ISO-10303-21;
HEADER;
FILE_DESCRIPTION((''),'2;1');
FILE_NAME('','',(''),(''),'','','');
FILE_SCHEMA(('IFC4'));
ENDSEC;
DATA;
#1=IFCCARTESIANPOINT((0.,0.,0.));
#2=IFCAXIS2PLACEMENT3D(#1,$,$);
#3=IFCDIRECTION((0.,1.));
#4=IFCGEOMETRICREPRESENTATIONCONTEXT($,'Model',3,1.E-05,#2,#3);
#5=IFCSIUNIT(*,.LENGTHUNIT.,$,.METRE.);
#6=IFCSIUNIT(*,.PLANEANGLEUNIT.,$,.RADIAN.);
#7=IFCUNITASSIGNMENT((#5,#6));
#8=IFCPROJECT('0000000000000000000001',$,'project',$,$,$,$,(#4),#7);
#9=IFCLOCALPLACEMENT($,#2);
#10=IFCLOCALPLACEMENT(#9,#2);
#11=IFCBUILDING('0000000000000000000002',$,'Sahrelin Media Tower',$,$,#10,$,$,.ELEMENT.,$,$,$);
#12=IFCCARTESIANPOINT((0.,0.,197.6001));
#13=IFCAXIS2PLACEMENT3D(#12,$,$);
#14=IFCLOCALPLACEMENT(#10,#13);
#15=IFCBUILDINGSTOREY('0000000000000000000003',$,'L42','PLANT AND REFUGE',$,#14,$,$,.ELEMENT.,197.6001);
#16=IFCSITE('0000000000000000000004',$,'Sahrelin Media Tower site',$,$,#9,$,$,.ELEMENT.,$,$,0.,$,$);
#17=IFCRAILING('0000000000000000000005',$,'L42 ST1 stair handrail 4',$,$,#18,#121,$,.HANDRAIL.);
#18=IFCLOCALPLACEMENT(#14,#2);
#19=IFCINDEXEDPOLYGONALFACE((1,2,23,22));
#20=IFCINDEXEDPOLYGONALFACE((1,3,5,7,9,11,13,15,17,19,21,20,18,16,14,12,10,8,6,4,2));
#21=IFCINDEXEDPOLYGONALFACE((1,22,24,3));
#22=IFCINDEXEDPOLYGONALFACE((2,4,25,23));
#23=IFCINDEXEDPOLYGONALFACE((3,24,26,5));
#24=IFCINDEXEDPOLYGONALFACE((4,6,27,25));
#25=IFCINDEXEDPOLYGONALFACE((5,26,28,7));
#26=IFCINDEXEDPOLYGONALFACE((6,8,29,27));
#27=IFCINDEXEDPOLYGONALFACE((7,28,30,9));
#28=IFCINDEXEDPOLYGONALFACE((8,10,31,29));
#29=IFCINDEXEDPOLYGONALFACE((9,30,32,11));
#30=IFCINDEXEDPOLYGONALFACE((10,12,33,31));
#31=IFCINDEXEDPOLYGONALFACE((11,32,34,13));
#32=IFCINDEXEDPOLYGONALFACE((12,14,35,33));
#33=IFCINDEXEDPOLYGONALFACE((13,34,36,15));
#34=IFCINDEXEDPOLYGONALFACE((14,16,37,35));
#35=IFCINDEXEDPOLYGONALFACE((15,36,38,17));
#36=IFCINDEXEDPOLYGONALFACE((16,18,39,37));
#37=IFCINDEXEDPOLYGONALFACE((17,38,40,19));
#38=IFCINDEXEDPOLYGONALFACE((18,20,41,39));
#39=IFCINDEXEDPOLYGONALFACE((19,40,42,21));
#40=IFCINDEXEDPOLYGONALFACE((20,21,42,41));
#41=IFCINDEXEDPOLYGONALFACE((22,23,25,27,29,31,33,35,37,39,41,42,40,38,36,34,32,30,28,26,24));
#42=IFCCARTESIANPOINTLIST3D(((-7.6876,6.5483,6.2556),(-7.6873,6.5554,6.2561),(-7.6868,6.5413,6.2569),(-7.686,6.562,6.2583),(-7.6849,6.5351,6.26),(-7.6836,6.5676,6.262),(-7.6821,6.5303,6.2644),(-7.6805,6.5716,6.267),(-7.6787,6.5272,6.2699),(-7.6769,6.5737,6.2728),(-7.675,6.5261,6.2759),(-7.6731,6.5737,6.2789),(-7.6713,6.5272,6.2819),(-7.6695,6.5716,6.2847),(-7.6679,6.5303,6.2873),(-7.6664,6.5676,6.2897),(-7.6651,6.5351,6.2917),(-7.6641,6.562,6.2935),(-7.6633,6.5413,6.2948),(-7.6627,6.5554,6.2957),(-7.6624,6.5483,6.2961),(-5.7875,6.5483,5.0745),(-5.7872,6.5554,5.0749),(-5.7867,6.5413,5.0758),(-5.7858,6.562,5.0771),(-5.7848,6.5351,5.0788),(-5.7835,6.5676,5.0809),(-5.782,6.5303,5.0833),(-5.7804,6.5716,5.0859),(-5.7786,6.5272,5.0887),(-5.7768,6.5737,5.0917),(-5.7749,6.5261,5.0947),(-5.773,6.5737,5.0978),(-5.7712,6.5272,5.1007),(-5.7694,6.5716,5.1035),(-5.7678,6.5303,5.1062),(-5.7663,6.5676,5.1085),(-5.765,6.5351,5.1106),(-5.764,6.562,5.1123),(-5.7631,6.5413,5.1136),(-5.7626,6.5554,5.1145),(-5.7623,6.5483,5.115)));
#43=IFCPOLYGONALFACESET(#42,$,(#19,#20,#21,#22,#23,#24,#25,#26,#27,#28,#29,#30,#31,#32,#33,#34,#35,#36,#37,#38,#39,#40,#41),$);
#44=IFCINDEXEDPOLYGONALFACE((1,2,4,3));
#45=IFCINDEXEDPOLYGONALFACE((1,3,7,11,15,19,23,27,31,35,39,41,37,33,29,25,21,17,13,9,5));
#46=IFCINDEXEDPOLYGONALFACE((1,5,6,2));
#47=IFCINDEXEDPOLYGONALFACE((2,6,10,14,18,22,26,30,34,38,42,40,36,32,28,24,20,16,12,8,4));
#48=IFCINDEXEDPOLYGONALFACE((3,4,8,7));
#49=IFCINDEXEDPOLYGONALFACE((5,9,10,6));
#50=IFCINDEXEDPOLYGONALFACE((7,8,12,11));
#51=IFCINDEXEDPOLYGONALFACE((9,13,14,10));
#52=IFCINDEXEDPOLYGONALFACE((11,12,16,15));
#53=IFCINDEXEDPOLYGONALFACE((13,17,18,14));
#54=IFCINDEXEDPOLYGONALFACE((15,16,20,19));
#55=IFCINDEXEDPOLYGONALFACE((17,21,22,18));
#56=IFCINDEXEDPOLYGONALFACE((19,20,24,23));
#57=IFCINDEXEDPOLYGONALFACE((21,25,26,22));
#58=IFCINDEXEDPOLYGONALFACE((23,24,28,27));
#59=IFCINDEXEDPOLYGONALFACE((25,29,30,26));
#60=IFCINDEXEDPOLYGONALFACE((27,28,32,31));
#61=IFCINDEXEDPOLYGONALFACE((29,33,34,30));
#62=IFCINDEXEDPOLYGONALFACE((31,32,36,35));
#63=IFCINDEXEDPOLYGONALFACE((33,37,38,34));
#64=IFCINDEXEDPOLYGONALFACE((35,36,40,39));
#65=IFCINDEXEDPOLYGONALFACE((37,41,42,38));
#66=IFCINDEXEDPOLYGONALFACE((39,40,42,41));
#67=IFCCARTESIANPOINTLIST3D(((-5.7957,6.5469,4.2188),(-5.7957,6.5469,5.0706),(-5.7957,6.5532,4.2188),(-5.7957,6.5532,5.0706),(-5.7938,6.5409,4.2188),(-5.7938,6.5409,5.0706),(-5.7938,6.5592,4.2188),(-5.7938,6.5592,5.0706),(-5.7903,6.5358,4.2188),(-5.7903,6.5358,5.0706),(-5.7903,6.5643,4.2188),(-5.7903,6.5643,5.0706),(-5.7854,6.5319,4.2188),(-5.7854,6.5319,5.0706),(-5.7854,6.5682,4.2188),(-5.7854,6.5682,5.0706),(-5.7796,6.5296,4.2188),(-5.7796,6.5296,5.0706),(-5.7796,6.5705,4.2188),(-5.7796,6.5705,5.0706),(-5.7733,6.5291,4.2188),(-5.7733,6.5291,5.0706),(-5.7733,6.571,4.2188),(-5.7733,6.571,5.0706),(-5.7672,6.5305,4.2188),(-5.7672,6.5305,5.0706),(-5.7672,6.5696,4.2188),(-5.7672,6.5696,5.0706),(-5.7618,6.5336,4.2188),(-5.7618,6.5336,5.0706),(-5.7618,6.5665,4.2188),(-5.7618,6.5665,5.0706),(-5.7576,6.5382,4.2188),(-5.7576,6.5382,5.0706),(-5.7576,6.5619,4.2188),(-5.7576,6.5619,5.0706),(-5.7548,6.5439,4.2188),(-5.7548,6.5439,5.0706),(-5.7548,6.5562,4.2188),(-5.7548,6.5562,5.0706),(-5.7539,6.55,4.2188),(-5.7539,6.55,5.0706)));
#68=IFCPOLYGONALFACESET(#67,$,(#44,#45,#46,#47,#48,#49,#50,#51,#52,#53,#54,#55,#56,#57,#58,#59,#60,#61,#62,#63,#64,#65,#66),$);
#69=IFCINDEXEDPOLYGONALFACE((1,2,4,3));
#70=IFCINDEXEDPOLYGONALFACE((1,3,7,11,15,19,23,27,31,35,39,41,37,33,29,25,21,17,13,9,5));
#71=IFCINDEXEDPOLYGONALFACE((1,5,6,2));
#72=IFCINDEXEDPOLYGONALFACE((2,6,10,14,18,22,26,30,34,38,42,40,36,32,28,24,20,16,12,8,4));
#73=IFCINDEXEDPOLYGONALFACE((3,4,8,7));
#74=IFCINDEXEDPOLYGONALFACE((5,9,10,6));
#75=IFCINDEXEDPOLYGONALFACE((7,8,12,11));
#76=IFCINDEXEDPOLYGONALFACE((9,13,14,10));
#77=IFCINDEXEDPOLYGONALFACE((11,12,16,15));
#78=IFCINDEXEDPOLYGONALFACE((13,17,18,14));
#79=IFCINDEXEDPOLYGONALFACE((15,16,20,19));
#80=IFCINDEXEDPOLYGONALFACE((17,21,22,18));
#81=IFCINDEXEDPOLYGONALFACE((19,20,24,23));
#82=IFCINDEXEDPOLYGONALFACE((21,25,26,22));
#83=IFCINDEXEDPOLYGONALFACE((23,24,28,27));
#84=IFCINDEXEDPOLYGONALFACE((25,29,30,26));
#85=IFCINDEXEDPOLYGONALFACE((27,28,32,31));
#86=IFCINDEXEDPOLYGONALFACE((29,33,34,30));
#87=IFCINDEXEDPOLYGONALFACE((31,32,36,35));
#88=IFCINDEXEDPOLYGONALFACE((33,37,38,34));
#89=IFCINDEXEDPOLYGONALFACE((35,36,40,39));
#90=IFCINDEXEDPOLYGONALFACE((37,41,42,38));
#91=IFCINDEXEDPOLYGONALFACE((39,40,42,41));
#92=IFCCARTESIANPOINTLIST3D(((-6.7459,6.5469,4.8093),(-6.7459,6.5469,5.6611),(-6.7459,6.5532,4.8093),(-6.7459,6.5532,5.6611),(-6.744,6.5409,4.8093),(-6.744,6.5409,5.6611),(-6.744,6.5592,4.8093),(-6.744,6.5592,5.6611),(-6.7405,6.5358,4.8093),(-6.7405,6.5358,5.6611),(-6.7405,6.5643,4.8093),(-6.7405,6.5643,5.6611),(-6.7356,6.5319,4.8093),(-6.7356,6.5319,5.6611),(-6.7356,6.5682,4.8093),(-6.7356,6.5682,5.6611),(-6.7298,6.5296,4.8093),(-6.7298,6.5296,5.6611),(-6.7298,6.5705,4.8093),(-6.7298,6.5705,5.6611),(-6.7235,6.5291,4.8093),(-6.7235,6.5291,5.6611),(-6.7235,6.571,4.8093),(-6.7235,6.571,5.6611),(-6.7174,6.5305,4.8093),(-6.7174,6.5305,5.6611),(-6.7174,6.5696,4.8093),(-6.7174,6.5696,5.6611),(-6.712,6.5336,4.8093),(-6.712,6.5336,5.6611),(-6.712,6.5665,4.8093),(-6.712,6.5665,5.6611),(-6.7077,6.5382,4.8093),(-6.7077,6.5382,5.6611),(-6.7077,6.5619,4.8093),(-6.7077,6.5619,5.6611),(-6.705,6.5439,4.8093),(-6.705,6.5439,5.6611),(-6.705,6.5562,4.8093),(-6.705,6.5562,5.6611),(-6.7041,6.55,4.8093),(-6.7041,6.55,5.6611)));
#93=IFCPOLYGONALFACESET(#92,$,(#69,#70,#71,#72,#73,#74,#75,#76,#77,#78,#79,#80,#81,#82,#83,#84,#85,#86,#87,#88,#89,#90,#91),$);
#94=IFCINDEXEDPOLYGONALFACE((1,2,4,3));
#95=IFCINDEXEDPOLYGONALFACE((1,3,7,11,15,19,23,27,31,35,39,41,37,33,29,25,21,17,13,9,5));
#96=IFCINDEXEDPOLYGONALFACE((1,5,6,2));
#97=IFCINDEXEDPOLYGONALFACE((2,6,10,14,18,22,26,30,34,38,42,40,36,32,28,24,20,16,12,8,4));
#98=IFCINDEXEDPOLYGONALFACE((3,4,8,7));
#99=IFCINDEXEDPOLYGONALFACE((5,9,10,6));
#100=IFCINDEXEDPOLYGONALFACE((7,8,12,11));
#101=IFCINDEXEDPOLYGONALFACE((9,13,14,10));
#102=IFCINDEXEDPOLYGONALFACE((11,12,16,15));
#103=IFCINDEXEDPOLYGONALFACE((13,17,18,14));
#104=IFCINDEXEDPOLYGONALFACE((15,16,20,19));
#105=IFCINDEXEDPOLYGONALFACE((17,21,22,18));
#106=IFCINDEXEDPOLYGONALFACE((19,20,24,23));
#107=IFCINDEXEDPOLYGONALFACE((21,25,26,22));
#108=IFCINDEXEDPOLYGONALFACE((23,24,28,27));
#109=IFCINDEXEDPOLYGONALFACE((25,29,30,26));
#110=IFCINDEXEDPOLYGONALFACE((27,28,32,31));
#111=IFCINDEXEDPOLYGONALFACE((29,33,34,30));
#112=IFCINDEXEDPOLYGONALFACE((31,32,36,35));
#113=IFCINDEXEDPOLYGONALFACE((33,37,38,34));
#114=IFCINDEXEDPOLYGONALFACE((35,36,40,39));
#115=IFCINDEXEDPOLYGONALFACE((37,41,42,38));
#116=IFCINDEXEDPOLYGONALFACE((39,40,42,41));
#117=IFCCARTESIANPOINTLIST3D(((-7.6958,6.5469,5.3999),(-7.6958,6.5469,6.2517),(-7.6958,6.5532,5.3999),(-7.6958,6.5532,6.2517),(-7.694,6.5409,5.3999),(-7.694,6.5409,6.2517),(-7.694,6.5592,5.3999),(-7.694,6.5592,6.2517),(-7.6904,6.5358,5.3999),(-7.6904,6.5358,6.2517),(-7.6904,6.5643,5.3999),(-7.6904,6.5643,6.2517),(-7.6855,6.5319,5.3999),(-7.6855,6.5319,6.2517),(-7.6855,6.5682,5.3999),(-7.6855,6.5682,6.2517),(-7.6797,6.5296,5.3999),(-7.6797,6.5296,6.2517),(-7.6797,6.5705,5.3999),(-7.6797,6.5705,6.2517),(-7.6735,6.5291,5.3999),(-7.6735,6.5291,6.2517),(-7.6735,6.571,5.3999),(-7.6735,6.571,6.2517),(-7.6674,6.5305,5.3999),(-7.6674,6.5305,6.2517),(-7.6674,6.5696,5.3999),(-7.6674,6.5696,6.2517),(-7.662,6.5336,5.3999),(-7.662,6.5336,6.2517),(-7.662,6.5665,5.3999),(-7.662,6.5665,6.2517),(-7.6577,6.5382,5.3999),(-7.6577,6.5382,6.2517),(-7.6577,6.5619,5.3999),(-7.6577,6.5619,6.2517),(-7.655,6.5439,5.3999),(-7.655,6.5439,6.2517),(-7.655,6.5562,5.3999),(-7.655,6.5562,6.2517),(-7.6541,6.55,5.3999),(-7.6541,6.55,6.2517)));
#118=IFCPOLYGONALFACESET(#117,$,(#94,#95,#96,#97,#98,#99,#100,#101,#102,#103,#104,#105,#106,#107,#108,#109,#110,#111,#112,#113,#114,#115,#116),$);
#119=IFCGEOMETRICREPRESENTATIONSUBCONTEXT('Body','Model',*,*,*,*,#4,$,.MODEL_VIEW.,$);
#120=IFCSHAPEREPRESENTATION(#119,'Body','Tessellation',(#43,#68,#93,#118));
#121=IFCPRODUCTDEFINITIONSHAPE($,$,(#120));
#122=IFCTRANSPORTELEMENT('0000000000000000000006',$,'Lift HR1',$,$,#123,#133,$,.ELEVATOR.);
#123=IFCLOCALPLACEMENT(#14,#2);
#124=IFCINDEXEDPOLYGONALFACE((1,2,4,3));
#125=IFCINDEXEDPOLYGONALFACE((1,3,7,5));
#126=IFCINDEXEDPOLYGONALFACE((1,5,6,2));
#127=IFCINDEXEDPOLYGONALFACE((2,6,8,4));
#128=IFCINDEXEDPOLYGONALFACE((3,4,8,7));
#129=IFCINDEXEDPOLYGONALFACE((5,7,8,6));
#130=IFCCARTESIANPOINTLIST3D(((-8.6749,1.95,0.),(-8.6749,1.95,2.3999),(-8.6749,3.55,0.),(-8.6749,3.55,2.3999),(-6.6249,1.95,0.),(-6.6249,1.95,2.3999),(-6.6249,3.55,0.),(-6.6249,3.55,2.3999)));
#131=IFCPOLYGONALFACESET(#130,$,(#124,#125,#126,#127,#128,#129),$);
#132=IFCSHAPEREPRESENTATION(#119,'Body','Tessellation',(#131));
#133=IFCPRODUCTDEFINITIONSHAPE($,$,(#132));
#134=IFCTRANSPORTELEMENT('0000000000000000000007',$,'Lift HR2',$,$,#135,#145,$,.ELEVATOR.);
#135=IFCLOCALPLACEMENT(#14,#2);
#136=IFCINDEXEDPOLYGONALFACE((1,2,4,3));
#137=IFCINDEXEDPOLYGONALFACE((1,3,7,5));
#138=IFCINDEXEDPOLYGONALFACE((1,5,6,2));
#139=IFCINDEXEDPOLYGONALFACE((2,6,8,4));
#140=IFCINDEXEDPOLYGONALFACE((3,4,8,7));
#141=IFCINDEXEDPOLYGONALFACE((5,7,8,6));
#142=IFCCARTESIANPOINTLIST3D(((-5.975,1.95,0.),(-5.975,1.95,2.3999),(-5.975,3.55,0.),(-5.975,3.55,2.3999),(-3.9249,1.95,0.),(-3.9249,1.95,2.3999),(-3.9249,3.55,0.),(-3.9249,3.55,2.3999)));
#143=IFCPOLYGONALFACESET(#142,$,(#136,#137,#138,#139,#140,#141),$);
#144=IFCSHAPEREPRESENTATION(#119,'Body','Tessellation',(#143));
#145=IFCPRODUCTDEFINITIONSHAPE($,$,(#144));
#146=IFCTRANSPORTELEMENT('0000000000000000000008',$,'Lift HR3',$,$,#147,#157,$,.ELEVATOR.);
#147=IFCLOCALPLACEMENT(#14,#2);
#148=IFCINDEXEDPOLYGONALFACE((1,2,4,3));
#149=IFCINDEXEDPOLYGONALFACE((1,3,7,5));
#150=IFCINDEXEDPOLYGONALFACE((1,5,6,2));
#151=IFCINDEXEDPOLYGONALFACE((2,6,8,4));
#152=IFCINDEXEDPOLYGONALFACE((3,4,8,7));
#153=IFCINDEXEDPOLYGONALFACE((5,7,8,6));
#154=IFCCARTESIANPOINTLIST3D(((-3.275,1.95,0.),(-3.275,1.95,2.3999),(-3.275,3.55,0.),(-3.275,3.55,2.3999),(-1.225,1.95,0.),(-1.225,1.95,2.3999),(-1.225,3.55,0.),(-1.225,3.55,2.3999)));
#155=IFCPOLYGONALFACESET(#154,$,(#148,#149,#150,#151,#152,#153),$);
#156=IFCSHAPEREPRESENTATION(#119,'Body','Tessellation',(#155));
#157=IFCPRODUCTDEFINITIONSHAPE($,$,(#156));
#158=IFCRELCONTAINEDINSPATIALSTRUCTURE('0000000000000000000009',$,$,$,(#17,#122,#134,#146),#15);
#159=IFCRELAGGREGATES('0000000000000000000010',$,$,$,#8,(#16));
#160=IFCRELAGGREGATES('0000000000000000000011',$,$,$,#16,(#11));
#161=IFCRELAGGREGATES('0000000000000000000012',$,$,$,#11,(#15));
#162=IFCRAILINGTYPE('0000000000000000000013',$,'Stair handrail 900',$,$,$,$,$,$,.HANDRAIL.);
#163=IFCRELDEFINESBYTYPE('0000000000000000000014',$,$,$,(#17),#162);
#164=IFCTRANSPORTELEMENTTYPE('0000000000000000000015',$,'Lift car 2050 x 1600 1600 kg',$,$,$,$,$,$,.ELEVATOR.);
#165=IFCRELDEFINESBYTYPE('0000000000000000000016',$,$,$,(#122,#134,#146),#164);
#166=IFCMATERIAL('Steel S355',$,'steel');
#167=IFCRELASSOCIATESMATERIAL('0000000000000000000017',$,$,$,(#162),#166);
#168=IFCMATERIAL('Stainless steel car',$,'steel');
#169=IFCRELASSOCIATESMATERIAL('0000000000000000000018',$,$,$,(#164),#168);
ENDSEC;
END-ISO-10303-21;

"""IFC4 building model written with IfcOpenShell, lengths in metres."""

from ifc_helpers import new_model, si_unit, direction, frame, origin, origin_2d, place, context, subcontext, project, spatial, rectangle, circle, extrude, material, type_object, element, save


model = new_model("IFC4")

# Units and contexts
model_context = context("Model", 3, precision=1e-05, world=origin(), true_north=direction((0.0, 1.0)))
body_context = subcontext(model_context, "Body", "Model", "MODEL_VIEW")
ifc_project = project(units=[si_unit("LENGTHUNIT", "METRE"), si_unit("PLANEANGLEUNIT", "RADIAN")], contexts=[model_context])

# Site, building, storey
site_placement = place(None, origin())
site = spatial("IfcSite", under=ifc_project, at=site_placement, Name="Sahrelin Media Tower site", CompositionType="ELEMENT", RefElevation=0.0)
building_placement = place(site_placement, origin())
building = spatial("IfcBuilding", under=site, at=building_placement, Name="Sahrelin Media Tower", CompositionType="ELEMENT")
storey_placement = place(building_placement, frame((0.0, 0.0, 197.6001)))
storey = spatial("IfcBuildingStorey", under=building, at=storey_placement, Name="L42", Description="PLANT AND REFUGE", CompositionType="ELEMENT", Elevation=197.6001)

# Shared definitions
ifc_material_1 = material(Name="Steel S355", Category="steel")

# Railing
railing_type_1 = type_object("IfcRailingType", Name="Stair handrail 900", PredefinedType="HANDRAIL", material=ifc_material_1)
railing_1_placement = place(storey_placement, frame((-5.7749, 6.55, 4.2188)))
element("IfcRailing", 1, at=railing_1_placement, inside=storey, type_object=railing_type_1, Name="L42 ST1 stair handrail 4", PredefinedType="HANDRAIL", context=body_context, shape_type="SweptSolid", body=[
    extrude(circle(Radius=0.0239, at=origin_2d()), frame((0.0, 0.0, 0.876), z_axis=(-0.849289, 0.0, 0.527928), x_axis=(0.0, -1.0, 0.0)), (0.0, 0.0, 1.0), 2.2373),
    extrude(circle(Radius=0.021, at=origin_2d()), origin(), (0.0, 0.0, 1.0), 0.8518),
    extrude(circle(Radius=0.021, at=origin_2d()), frame((-0.9502, 0.0, 0.5906)), (0.0, 0.0, 1.0), 0.8518),
    extrude(circle(Radius=0.021, at=origin_2d()), frame((-1.9001, 0.0, 1.1812)), (0.0, 0.0, 1.0), 0.8518),
])

# Transport elements
ifc_material_2 = material(Name="Stainless steel car", Category="steel")
transport_element_type = type_object("IfcTransportElementType", Name="Lift car 2050 x 1600 1600 kg", PredefinedType="ELEVATOR", material=ifc_material_2)
for number, where, z_axis, x_axis, name in (
    (2, (-7.6499, 2.75, 0.0), (0.0, 0.0, 1.0), (1.0, 0.0, 0.0), "Lift HR1"),
    (3, (-4.95, 2.75, 0.0), (0.0, 0.0, 1.0), (1.0, 0.0, 0.0), "Lift HR2"),
    (4, (-2.25, 2.75, 0.0), (0.0, 0.0, 1.0), (1.0, 0.0, 0.0), "Lift HR3"),
):
    element("IfcTransportElement", number, at=place(storey_placement, frame(where, z_axis=z_axis, x_axis=x_axis)), inside=storey, type_object=transport_element_type, Name=name, PredefinedType="ELEVATOR", context=body_context, shape_type="SweptSolid", body=[
        extrude(rectangle(XDim=2.05, YDim=1.6001, at=origin_2d()), origin(), (0.0, 0.0, 1.0), 2.3999),
    ])

save(model, "model.ifc")
